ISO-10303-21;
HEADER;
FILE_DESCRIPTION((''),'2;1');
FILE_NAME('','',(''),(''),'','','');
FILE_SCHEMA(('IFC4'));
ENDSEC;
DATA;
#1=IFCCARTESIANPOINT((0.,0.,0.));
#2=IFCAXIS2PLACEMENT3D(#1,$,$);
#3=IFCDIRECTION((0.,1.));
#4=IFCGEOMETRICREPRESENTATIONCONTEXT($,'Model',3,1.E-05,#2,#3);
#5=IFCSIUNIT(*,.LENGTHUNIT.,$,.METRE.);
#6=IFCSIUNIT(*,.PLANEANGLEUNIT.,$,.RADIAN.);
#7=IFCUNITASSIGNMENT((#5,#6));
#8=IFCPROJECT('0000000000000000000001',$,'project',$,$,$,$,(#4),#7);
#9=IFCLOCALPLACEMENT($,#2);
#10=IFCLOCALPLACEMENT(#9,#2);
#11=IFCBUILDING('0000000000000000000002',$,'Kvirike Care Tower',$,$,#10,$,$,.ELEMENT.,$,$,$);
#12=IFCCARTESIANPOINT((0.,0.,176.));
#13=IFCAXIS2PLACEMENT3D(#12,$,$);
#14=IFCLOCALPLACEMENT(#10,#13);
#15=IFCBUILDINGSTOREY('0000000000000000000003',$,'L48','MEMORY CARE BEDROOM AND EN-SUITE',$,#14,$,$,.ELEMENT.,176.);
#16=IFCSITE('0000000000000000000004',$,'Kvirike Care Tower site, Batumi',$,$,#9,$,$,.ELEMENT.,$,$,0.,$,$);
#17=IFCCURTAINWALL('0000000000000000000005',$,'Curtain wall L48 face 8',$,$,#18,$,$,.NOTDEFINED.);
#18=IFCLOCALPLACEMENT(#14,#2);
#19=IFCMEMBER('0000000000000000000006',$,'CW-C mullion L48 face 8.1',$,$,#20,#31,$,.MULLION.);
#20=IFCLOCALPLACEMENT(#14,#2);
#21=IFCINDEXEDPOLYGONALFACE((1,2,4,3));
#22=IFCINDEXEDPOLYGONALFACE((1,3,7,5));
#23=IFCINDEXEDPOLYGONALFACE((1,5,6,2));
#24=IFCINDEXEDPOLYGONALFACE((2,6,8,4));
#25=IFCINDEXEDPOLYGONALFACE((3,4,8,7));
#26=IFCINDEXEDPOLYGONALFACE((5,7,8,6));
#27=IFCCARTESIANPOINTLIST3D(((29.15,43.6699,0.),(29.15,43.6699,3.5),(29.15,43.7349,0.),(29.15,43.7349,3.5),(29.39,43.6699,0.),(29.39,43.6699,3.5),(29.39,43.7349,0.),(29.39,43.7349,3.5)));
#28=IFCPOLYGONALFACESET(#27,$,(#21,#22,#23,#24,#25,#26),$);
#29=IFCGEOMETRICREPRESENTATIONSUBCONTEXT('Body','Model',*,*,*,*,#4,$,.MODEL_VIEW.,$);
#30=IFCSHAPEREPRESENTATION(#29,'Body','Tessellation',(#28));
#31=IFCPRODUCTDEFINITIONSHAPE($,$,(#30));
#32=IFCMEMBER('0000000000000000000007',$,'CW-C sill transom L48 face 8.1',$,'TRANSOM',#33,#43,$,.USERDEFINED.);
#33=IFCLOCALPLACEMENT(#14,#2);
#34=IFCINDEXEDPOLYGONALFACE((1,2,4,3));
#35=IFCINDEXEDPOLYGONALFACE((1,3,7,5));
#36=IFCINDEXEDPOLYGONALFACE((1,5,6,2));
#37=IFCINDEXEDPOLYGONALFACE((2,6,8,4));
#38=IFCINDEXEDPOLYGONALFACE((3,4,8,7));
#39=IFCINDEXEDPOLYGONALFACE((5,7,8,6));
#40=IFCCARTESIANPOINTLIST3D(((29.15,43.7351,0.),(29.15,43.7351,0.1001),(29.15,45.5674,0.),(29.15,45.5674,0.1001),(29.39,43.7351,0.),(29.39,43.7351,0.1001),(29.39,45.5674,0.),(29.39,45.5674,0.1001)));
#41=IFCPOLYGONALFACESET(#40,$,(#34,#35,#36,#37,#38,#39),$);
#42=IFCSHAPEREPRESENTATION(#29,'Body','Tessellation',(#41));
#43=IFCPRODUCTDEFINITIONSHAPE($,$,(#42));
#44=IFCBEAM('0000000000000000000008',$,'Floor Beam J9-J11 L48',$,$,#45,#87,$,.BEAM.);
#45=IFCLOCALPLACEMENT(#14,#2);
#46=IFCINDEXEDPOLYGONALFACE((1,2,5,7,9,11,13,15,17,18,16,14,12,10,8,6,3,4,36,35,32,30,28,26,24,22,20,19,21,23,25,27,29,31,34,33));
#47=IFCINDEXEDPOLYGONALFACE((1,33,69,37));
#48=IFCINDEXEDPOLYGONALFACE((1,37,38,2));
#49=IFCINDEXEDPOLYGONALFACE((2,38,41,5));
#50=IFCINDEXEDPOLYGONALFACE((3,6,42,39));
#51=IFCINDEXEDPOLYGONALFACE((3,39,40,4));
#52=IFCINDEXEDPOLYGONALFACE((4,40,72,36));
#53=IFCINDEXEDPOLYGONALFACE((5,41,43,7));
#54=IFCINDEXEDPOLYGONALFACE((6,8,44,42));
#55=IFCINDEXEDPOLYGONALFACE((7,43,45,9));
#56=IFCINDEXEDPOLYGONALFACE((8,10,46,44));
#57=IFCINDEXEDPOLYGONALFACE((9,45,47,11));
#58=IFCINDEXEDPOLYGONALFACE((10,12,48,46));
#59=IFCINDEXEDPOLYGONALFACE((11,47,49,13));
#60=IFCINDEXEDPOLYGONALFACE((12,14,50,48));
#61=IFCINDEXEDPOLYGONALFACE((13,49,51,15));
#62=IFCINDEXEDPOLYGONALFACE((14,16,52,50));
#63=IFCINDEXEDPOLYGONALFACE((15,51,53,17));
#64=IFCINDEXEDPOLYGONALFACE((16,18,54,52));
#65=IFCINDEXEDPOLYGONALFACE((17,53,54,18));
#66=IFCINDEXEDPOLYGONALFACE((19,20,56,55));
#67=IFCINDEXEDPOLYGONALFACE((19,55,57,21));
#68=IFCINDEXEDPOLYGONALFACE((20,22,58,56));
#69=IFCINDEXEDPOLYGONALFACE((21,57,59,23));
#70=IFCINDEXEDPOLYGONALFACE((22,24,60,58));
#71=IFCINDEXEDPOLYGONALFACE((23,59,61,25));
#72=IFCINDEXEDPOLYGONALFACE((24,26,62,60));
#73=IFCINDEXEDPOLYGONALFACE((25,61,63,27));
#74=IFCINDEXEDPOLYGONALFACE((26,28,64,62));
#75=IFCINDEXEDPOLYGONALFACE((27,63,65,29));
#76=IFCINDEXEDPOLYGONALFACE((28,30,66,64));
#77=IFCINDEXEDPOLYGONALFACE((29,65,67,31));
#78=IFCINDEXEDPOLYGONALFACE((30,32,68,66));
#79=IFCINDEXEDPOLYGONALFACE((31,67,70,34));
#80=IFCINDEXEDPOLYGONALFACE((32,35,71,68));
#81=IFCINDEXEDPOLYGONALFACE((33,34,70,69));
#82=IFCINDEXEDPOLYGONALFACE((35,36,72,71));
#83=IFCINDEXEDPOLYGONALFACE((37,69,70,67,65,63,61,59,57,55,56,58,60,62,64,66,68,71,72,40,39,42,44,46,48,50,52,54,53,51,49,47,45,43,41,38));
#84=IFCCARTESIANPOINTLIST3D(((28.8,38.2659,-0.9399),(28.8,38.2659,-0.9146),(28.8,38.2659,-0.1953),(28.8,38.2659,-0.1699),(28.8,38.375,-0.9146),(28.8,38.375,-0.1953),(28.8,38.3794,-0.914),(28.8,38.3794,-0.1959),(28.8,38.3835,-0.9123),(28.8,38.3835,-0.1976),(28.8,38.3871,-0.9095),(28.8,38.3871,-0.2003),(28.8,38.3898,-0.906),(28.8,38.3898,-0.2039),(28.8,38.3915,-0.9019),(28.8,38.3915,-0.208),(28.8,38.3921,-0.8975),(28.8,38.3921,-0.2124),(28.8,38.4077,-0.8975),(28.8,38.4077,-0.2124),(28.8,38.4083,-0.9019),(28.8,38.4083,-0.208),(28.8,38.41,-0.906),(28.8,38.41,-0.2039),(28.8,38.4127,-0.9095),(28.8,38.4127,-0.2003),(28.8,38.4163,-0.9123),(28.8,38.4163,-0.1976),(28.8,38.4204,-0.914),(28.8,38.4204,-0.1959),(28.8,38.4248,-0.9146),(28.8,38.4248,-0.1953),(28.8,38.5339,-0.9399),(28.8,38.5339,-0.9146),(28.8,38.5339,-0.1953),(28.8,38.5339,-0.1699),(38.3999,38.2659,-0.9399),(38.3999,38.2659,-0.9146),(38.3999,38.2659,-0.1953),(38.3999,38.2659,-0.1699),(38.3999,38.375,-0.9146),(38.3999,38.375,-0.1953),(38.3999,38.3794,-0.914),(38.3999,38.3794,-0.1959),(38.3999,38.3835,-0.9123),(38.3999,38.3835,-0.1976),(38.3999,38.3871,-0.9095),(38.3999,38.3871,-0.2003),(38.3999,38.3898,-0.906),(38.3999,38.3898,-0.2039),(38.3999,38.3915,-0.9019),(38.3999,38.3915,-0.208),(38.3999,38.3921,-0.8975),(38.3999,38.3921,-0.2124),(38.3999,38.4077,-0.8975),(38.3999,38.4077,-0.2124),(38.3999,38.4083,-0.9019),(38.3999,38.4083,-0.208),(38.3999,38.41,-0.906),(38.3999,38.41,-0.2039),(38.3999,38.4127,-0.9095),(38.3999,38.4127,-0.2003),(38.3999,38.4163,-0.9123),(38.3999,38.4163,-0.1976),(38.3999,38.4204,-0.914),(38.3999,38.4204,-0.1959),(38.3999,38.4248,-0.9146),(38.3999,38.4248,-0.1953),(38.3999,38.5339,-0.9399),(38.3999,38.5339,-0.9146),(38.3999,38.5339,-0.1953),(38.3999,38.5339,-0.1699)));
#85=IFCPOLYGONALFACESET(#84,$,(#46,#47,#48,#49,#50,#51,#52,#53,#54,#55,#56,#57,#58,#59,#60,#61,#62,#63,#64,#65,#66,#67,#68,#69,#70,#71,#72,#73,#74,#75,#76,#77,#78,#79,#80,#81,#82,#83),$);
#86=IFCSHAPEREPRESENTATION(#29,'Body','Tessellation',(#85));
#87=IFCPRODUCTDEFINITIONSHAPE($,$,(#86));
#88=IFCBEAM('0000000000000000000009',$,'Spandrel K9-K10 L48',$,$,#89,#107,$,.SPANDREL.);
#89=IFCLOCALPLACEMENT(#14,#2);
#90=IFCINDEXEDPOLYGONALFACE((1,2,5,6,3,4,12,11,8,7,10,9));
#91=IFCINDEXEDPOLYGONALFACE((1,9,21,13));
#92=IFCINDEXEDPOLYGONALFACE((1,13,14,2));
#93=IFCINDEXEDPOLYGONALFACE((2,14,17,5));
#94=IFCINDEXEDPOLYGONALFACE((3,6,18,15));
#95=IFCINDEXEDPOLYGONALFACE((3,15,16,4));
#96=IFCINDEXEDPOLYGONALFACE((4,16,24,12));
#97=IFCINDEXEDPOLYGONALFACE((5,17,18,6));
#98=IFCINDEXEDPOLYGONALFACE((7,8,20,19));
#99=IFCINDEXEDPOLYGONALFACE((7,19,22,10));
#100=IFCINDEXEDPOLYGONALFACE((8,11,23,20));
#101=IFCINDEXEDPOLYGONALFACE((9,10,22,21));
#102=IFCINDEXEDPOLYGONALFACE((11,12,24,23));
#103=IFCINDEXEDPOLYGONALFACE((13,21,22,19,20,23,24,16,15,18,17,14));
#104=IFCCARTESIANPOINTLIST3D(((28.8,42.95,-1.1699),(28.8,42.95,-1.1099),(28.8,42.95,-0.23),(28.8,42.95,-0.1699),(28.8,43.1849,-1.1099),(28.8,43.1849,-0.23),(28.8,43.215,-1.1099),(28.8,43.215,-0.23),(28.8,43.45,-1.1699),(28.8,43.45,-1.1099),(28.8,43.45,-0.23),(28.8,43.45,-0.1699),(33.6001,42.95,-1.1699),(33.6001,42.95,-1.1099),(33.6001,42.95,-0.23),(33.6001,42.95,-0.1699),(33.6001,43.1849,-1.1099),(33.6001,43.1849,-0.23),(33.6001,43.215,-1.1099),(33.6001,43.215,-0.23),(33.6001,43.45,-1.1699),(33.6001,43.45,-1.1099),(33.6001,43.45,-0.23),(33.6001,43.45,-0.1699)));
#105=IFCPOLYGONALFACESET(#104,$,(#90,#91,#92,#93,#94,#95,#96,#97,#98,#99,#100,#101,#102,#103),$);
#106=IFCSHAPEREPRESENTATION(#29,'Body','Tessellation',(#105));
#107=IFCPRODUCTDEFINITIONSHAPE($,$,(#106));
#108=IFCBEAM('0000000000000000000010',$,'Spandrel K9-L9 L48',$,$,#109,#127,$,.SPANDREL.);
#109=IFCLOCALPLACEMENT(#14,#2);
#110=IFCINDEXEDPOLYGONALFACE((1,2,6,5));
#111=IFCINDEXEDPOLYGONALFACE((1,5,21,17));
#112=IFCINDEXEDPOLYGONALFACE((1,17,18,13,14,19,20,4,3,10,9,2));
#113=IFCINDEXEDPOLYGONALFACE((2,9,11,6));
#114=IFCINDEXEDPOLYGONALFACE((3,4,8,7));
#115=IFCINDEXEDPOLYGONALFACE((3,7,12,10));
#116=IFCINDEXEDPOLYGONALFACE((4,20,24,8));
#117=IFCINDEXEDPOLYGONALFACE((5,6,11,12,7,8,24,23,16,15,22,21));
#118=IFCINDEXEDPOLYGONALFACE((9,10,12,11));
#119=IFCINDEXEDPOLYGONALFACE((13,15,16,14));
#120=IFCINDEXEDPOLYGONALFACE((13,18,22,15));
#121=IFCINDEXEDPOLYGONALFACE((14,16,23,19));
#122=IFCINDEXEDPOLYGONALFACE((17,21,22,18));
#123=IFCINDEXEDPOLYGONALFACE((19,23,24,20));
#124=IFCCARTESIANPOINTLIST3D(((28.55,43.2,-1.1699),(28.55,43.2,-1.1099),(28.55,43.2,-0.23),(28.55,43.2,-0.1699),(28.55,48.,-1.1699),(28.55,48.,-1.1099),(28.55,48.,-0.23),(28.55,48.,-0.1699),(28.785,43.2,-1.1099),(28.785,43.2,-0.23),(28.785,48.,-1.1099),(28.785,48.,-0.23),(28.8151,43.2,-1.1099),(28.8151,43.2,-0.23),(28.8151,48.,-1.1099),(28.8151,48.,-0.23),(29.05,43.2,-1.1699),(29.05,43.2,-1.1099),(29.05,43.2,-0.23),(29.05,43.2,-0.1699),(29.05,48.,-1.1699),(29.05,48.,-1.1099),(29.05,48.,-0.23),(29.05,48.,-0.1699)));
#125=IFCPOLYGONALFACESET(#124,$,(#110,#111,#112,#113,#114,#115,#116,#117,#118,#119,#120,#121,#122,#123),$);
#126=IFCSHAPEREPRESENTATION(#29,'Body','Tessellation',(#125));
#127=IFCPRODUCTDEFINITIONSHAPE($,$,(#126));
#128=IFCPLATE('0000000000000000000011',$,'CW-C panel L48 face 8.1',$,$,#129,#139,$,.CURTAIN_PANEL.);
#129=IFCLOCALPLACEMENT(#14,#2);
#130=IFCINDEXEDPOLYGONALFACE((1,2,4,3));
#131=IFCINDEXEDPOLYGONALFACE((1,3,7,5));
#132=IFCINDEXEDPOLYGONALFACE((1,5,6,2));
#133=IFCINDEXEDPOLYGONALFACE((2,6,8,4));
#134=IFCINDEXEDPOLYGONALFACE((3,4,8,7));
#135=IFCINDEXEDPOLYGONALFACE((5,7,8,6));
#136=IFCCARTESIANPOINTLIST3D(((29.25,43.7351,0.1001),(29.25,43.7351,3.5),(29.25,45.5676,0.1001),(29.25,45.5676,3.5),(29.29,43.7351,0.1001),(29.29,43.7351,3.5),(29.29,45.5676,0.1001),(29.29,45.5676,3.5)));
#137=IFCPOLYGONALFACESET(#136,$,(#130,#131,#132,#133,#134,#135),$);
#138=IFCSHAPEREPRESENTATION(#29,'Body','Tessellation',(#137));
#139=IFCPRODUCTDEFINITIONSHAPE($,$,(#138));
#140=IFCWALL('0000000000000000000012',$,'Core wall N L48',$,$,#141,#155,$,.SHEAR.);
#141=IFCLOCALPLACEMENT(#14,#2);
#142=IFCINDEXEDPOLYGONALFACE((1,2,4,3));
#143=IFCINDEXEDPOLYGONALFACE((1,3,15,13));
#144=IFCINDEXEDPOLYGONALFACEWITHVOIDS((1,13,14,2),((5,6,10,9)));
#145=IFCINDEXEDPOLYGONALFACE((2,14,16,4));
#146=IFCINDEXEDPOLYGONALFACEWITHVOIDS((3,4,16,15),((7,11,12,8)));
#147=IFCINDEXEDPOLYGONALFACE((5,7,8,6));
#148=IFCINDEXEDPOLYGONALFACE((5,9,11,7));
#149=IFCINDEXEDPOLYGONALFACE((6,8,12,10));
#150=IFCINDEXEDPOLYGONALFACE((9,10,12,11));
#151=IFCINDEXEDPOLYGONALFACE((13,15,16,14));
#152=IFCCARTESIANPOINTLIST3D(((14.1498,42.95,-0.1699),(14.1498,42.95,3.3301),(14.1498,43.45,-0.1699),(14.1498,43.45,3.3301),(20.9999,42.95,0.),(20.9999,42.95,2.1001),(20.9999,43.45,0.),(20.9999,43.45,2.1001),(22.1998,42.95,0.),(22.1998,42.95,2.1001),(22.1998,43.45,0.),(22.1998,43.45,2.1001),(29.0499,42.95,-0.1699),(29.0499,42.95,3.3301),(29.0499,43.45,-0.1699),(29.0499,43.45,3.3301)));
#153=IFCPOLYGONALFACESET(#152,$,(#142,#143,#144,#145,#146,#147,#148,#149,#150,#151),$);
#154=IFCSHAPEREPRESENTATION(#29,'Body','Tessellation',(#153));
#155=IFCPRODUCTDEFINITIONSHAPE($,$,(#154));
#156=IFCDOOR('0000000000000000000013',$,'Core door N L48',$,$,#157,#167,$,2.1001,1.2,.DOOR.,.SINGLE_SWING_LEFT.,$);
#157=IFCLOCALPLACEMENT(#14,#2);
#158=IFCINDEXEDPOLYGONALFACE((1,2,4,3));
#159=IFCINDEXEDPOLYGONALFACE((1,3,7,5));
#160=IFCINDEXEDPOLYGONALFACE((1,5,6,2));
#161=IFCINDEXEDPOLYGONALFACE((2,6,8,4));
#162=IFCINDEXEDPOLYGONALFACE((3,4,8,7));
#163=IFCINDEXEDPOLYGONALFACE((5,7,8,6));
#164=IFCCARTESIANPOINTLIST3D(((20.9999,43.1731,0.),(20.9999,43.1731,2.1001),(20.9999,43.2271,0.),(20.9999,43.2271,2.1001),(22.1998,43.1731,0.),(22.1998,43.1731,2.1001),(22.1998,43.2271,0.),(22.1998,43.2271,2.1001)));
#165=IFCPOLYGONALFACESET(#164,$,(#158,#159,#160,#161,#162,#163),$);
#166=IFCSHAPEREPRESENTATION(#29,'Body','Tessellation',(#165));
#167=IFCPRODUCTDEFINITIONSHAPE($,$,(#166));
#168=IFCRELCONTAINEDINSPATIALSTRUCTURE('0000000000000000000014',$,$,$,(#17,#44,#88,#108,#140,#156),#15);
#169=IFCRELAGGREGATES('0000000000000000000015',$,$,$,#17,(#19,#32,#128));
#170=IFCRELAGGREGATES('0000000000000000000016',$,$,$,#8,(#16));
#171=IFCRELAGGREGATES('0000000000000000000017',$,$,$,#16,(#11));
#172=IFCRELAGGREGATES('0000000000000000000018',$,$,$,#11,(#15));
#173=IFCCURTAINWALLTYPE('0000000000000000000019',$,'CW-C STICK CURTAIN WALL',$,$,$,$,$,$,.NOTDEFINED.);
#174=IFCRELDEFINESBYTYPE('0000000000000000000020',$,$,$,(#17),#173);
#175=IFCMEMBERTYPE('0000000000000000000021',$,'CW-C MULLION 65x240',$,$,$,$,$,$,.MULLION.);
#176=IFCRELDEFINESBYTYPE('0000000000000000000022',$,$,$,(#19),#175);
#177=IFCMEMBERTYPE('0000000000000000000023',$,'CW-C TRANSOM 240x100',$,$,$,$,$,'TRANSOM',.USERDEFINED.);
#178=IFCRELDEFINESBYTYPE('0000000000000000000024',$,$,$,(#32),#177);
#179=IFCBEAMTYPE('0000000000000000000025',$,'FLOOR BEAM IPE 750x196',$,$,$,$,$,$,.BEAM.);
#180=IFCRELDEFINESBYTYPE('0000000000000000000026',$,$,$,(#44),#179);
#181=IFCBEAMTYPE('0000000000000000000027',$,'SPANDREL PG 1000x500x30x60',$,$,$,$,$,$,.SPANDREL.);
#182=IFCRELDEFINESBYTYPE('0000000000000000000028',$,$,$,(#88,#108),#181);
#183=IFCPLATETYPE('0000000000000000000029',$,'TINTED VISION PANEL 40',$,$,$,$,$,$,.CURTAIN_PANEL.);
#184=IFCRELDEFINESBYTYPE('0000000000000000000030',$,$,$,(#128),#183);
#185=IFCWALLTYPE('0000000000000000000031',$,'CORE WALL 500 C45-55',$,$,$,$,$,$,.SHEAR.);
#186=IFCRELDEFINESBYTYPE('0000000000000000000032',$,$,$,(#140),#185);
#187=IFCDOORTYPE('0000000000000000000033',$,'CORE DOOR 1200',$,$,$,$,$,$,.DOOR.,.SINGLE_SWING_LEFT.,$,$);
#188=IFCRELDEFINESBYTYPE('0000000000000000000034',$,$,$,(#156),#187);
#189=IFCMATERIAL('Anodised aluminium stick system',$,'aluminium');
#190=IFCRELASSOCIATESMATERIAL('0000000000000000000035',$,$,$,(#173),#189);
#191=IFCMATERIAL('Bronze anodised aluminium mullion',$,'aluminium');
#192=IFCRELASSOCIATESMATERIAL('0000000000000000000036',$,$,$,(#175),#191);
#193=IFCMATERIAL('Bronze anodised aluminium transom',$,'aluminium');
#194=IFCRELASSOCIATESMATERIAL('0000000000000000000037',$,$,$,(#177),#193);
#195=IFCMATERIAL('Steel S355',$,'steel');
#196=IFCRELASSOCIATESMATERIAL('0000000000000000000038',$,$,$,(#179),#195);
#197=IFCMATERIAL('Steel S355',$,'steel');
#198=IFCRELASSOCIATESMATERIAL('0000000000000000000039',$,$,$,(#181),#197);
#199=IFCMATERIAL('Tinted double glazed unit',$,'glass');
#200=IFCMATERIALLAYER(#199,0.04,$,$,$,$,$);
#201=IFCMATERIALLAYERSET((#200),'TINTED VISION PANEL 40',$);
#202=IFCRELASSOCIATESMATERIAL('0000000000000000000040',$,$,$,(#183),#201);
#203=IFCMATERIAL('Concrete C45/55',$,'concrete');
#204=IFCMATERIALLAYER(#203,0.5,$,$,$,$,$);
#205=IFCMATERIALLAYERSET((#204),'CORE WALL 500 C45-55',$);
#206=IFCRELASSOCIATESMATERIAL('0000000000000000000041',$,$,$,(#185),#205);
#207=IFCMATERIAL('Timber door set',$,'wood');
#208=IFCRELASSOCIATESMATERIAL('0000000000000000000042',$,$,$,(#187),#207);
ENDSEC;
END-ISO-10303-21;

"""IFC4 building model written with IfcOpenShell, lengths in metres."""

from ifc_helpers import new_model, si_unit, direction, frame, frame_2d, origin, origin_2d, place, context, subcontext, project, spatial, rectangle, i_section, extrude, material, layer, layer_set, material_profile, profile_set, type_object, element, fill, aggregate, save


model = new_model("IFC4")

# Units and contexts
model_context = context("Model", 3, precision=1e-05, world=origin(), true_north=direction((0.0, 1.0)))
body_context = subcontext(model_context, "Body", "Model", "MODEL_VIEW")
ifc_project = project(units=[si_unit("LENGTHUNIT", "METRE"), si_unit("PLANEANGLEUNIT", "RADIAN")], contexts=[model_context])

# Site, building, storey
site_placement = place(None, origin())
site = spatial("IfcSite", under=ifc_project, at=site_placement, Name="Kvirike Care Tower site, Batumi", CompositionType="ELEMENT", RefElevation=0.0)
building_placement = place(site_placement, origin())
building = spatial("IfcBuilding", under=site, at=building_placement, Name="Kvirike Care Tower", CompositionType="ELEMENT")
storey_placement = place(building_placement, frame((0.0, 0.0, 176.0)))
storey = spatial("IfcBuildingStorey", under=building, at=storey_placement, Name="L48", Description="MEMORY CARE BEDROOM AND EN-SUITE", CompositionType="ELEMENT", Elevation=176.0)

# Curtain wall, members
ifc_material_1 = material(Name="Anodised aluminium stick system", Category="aluminium")
curtain_wall_type = type_object("IfcCurtainWallType", Name="CW-C STICK CURTAIN WALL", PredefinedType="NOTDEFINED", material=ifc_material_1)
curtain_wall_placement = place(storey_placement, origin())
curtain_wall = element("IfcCurtainWall", 1, at=curtain_wall_placement, inside=storey, type_object=curtain_wall_type, Name="Curtain wall L48 face 8", PredefinedType="NOTDEFINED")
ifc_material_2 = material(Name="Bronze anodised aluminium mullion", Category="aluminium")
ifc_material_profile_1 = material_profile(ifc_material_2, rectangle(XDim=0.0649, YDim=0.24, at=origin_2d()), Name="CW-C MULLION 65x240")
ifc_profile_set_1 = profile_set([ifc_material_profile_1], Name="Bronze anodised aluminium mullion")
member_type_1 = type_object("IfcMemberType", Name="CW-C MULLION 65x240", PredefinedType="MULLION", material=ifc_profile_set_1)
member_1_placement = place(storey_placement, frame((29.27, 43.7024, 0.0), z_axis=(0.0, 0.0, 1.0), x_axis=(0.0, 1.0, 0.0)))
member_1 = element("IfcMember", 2, at=member_1_placement, type_object=member_type_1, Name="CW-C mullion L48 face 8.1", PredefinedType="MULLION", context=body_context, shape_type="SweptSolid", body=[
    extrude(rectangle(XDim=0.0649, YDim=0.24, at=origin_2d()), origin(), (0.0, 0.0, 1.0), 3.5),
])
ifc_material_3 = material(Name="Bronze anodised aluminium transom", Category="aluminium")
ifc_material_profile_2 = material_profile(ifc_material_3, rectangle(XDim=0.24, YDim=0.1001, at=origin_2d()), Name="CW-C TRANSOM 240x100")
ifc_profile_set_2 = profile_set([ifc_material_profile_2], Name="Bronze anodised aluminium transom")
member_type_2 = type_object("IfcMemberType", Name="CW-C TRANSOM 240x100", ElementType="TRANSOM", PredefinedType="USERDEFINED", material=ifc_profile_set_2)
member_2_placement = place(storey_placement, frame((29.27, 43.7351, 0.05), z_axis=(0.0, 1.0, 0.0), x_axis=(-1.0, 0.0, 0.0)))
member_2 = element("IfcMember", 3, at=member_2_placement, type_object=member_type_2, Name="CW-C sill transom L48 face 8.1", ObjectType="TRANSOM", PredefinedType="USERDEFINED", context=body_context, shape_type="SweptSolid", body=[
    extrude(rectangle(XDim=0.24, YDim=0.1001, at=origin_2d()), origin(), (0.0, 0.0, 1.0), 1.8323),
])

# Beams
ifc_material_4 = material(Name="Steel S355", Category="steel")
ifc_material_profile_3 = material_profile(ifc_material_4, i_section(OverallWidth=0.2681, OverallDepth=0.77, WebThickness=0.0156, FlangeThickness=0.0254, FilletRadius=0.0171, at=origin_2d()), Name="IPE 750x196")
ifc_profile_set_3 = profile_set([ifc_material_profile_3], Name="Steel S355")
beam_type_1 = type_object("IfcBeamType", Name="FLOOR BEAM IPE 750x196", PredefinedType="BEAM", material=ifc_profile_set_3)
beam_placement = place(storey_placement, frame((28.8, 38.3999, -0.5549), z_axis=(1.0, 0.0, 0.0), x_axis=(0.0, 1.0, 0.0)))
element("IfcBeam", 4, at=beam_placement, inside=storey, type_object=beam_type_1, Name="Floor Beam J9-J11 L48", PredefinedType="BEAM", context=body_context, shape_type="SweptSolid", body=[
    extrude(i_section(OverallWidth=0.2681, OverallDepth=0.77, WebThickness=0.0156, FlangeThickness=0.0254, FilletRadius=0.0171, at=origin_2d()), origin(), (0.0, 0.0, 1.0), 9.5999),
])
ifc_material_5 = material(Name="Steel S355", Category="steel")
ifc_material_profile_4 = material_profile(ifc_material_5, i_section(OverallWidth=0.5, OverallDepth=1.0, WebThickness=0.03, FlangeThickness=0.0601, at=origin_2d()), Name="PG 1000x500x30x60")
ifc_profile_set_4 = profile_set([ifc_material_profile_4], Name="Steel S355")
beam_type_2 = type_object("IfcBeamType", Name="SPANDREL PG 1000x500x30x60", PredefinedType="SPANDREL", material=ifc_profile_set_4)
for number, where, z_axis, x_axis, name in (
    (5, (28.8, 43.2, -0.6699), (1.0, 0.0, 0.0), (0.0, 1.0, 0.0), "Spandrel K9-K10 L48"),
    (6, (28.8, 43.2, -0.6699), (0.0, 1.0, 0.0), (-1.0, 0.0, 0.0), "Spandrel K9-L9 L48"),
):
    element("IfcBeam", number, at=place(storey_placement, frame(where, z_axis=z_axis, x_axis=x_axis)), inside=storey, type_object=beam_type_2, Name=name, PredefinedType="SPANDREL", context=body_context, shape_type="SweptSolid", body=[
        extrude(i_section(OverallWidth=0.5, OverallDepth=1.0, WebThickness=0.03, FlangeThickness=0.0601, at=origin_2d()), origin(), (0.0, 0.0, 1.0), 4.8),
    ])

# Plate
ifc_material_6 = material(Name="Tinted double glazed unit", Category="glass")
ifc_layer_1 = layer(ifc_material_6, 0.04)
ifc_layer_set_1 = layer_set([ifc_layer_1], Name="TINTED VISION PANEL 40")
plate_type = type_object("IfcPlateType", Name="TINTED VISION PANEL 40", PredefinedType="CURTAIN_PANEL", material=ifc_layer_set_1)
plate_placement = place(storey_placement, frame((29.27, 44.6514, 0.1001), z_axis=(0.0, 0.0, 1.0), x_axis=(0.0, 1.0, 0.0)))
plate = element("IfcPlate", 7, at=plate_placement, type_object=plate_type, Name="CW-C panel L48 face 8.1", PredefinedType="CURTAIN_PANEL", context=body_context, shape_type="SweptSolid", body=[
    extrude(rectangle(XDim=1.8325, YDim=0.04, at=origin_2d()), origin(), (0.0, 0.0, 1.0), 3.3999),
])
aggregate(curtain_wall, [member_1, member_2, plate])

# Wall, opening, door
ifc_material_7 = material(Name="Concrete C45/55", Category="concrete")
ifc_layer_2 = layer(ifc_material_7, 0.5)
ifc_layer_set_2 = layer_set([ifc_layer_2], Name="CORE WALL 500 C45-55")
wall_type_1 = type_object("IfcWallType", Name="CORE WALL 500 C45-55", PredefinedType="SHEAR", material=ifc_layer_set_2)
wall_1_placement = place(storey_placement, frame((29.05, 43.2, -0.1699), z_axis=(0.0, 0.0, 1.0), x_axis=(-1.0, 0.0, 0.0)))
wall_1 = element("IfcWall", 8, at=wall_1_placement, inside=storey, type_object=wall_type_1, Name="Core wall N L48", PredefinedType="SHEAR", context=body_context, shape_type="SweptSolid", body=[
    extrude(rectangle(XDim=14.9001, YDim=0.5, at=frame_2d((7.4502, 0.0))), origin(), (0.0, 0.0, 1.0), 3.5),
])
opening_1_placement = place(wall_1_placement, frame((6.8501, 0.0, 0.1699)))
opening_1 = element("IfcOpeningElement", 9, at=opening_1_placement, cuts=wall_1, PredefinedType="OPENING", context=body_context, shape_type="SweptSolid", body=[
    extrude(rectangle(XDim=1.2, YDim=2.1001, at=frame_2d((0.6001, 1.05))), frame((0.0, 0.2605, 0.0), z_axis=(0.0, -1.0, 0.0), x_axis=(1.0, 0.0, 0.0)), (0.0, 0.0, 1.0), 0.521),
])
ifc_material_8 = material(Name="Timber door set", Category="wood")
door_type_1 = type_object("IfcDoorType", Name="CORE DOOR 1200", OperationType="SINGLE_SWING_LEFT", PredefinedType="DOOR", material=ifc_material_8)
door_1_placement = place(opening_1_placement, origin())
door_1 = element("IfcDoor", 10, at=door_1_placement, inside=storey, type_object=door_type_1, Name="Core door N L48", OperationType="SINGLE_SWING_LEFT", OverallHeight=2.1001, OverallWidth=1.2, PredefinedType="DOOR", context=body_context, shape_type="SweptSolid", body=[
    extrude(rectangle(XDim=1.2, YDim=2.1001, at=frame_2d((0.6001, 1.05))), frame((0.0, 0.0269, 0.0), z_axis=(0.0, -1.0, 0.0), x_axis=(1.0, 0.0, 0.0)), (0.0, 0.0, 1.0), 0.054),
])
fill(opening_1, door_1)

save(model, "model.ifc")
